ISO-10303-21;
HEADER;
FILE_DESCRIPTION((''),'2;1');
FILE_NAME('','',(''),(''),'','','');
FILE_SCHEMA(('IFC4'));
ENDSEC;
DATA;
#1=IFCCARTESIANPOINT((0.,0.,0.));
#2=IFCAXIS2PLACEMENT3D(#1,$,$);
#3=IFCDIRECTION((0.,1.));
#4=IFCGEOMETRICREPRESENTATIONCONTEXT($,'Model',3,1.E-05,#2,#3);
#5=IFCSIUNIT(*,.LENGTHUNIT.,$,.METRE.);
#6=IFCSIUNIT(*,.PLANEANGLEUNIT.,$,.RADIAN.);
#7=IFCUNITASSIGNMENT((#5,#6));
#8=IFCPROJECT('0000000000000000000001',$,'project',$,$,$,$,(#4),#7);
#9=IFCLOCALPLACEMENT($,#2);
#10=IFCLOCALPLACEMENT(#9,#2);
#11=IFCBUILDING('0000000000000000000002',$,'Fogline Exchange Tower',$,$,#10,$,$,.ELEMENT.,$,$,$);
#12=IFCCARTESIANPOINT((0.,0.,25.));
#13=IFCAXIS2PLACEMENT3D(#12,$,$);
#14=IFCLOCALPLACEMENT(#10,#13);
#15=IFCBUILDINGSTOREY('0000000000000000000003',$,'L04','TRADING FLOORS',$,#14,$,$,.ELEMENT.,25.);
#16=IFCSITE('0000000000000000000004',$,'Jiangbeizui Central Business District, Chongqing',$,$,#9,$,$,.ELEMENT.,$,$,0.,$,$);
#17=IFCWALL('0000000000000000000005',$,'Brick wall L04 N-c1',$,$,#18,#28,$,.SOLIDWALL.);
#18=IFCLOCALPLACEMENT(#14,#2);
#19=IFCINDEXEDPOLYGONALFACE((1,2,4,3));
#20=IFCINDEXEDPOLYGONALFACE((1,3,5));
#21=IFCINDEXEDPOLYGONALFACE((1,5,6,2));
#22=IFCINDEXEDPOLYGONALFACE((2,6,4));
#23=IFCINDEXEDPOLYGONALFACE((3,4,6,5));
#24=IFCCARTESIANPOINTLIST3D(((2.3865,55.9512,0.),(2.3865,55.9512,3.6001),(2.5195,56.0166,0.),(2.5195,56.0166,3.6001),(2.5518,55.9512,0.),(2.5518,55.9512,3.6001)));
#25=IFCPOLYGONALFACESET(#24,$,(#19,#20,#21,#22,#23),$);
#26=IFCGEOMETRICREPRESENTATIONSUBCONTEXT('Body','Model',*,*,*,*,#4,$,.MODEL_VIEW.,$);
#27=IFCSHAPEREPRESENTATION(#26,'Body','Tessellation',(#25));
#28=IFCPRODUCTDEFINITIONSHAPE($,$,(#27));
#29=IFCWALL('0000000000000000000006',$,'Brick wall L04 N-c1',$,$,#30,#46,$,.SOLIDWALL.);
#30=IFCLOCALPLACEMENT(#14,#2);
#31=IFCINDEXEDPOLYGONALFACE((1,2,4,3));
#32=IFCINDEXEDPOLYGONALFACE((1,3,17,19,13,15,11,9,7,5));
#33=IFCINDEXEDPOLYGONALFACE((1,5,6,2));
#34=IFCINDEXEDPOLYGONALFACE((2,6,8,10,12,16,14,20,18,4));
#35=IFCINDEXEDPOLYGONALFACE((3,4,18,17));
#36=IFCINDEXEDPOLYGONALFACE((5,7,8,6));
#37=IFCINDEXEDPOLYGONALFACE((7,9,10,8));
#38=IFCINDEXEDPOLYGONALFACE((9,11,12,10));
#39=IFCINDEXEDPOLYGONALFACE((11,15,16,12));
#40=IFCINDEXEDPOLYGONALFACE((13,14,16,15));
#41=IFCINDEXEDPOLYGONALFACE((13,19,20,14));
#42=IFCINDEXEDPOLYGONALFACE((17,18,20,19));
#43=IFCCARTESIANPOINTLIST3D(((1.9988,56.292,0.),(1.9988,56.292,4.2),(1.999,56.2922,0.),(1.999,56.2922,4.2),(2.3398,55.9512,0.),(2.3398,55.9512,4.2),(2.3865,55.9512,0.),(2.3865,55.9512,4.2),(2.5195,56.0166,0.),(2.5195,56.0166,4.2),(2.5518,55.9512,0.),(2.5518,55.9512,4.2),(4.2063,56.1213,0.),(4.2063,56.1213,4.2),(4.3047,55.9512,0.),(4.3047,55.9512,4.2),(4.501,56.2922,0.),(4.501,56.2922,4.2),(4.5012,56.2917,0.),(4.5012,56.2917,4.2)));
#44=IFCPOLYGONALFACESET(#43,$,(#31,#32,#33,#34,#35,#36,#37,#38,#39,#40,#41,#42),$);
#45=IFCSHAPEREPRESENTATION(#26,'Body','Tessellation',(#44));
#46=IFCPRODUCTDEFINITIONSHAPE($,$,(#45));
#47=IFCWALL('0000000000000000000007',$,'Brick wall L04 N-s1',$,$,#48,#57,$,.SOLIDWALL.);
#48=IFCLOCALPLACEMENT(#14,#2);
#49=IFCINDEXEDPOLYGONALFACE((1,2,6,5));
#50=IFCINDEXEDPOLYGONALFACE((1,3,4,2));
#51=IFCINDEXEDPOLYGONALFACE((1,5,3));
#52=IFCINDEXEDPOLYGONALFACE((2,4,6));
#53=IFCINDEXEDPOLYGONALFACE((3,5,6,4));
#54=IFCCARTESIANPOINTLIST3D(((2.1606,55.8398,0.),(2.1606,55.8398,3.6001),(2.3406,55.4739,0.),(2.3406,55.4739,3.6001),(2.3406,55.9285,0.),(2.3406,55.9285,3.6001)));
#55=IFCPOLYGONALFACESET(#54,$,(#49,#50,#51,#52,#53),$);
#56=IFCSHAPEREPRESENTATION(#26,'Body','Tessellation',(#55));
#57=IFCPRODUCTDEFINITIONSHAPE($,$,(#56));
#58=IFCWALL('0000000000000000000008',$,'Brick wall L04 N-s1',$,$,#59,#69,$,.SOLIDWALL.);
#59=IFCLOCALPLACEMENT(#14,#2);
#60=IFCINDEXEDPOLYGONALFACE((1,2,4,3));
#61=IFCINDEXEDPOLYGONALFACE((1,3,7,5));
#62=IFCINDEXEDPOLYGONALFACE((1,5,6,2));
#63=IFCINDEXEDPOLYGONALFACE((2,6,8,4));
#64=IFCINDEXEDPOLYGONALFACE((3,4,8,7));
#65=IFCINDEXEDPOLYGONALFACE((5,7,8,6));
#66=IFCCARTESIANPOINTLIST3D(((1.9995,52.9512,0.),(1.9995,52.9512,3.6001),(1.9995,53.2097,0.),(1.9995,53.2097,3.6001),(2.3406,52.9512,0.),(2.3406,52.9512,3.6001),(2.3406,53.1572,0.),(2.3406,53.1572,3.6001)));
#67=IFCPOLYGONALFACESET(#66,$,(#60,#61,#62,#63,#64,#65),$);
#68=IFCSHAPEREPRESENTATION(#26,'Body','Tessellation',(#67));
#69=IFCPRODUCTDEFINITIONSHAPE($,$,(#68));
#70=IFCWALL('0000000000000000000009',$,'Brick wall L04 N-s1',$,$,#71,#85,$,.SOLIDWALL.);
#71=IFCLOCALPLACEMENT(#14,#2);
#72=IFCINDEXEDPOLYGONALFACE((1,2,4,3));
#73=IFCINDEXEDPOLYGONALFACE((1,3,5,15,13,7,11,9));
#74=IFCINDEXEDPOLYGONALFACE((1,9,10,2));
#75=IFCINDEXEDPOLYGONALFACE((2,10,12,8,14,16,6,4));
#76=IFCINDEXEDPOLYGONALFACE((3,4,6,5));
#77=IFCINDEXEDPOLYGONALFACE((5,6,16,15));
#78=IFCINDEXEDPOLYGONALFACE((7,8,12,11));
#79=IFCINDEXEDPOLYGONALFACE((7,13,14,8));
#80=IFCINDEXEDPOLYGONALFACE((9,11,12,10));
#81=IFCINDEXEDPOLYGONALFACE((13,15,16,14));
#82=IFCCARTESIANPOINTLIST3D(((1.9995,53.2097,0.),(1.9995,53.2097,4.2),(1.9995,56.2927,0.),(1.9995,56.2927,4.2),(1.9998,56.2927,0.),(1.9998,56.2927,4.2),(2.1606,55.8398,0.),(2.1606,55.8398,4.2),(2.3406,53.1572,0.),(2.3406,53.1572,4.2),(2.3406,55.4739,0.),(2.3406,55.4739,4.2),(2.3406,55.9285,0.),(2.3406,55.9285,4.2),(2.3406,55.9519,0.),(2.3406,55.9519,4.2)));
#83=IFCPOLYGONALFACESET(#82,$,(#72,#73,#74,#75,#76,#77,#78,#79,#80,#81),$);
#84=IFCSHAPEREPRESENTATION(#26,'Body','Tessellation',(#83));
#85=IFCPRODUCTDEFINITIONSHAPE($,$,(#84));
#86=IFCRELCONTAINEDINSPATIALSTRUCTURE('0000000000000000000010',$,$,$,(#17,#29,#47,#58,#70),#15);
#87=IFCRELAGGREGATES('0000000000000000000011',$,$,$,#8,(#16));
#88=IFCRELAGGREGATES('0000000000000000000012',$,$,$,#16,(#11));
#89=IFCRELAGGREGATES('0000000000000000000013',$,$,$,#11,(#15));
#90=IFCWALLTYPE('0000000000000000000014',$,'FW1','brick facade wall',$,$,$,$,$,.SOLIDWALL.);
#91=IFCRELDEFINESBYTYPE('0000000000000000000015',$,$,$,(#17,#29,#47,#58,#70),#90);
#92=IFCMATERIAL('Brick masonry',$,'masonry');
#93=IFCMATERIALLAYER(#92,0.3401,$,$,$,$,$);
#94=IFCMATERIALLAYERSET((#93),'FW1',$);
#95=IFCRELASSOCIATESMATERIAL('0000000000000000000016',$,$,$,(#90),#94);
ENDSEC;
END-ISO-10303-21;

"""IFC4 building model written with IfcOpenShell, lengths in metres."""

from ifc_helpers import new_model, si_unit, direction, frame, origin, place, context, subcontext, project, spatial, polyline, outline, extrude, material, layer, layer_set, type_object, element, save


model = new_model("IFC4")

# Units and contexts
model_context = context("Model", 3, precision=1e-05, world=origin(), true_north=direction((0.0, 1.0)))
body_context = subcontext(model_context, "Body", "Model", "MODEL_VIEW")
ifc_project = project(units=[si_unit("LENGTHUNIT", "METRE"), si_unit("PLANEANGLEUNIT", "RADIAN")], contexts=[model_context])

# Site, building, storey
site_placement = place(None, origin())
site = spatial("IfcSite", under=ifc_project, at=site_placement, Name="Jiangbeizui Central Business District, Chongqing", CompositionType="ELEMENT", RefElevation=0.0)
building_placement = place(site_placement, origin())
building = spatial("IfcBuilding", under=site, at=building_placement, Name="Fogline Exchange Tower", CompositionType="ELEMENT")
storey_placement = place(building_placement, frame((0.0, 0.0, 25.0)))
storey = spatial("IfcBuildingStorey", under=building, at=storey_placement, Name="L04", Description="TRADING FLOORS", CompositionType="ELEMENT", Elevation=25.0)

# Walls
ifc_material_1 = material(Name="Brick masonry", Category="masonry")
ifc_layer_1 = layer(ifc_material_1, 0.3401)
ifc_layer_set_1 = layer_set([ifc_layer_1], Name="FW1")
wall_type_1 = type_object("IfcWallType", Name="FW1", Description="brick facade wall", PredefinedType="SOLIDWALL", material=ifc_layer_set_1)
wall_1_placement = place(storey_placement, origin())
element("IfcWall", 1, at=wall_1_placement, inside=storey, type_object=wall_type_1, Name="Brick wall L04 N-c1", PredefinedType="SOLIDWALL", context=body_context, shape_type="SweptSolid", body=[
    extrude(outline(polyline([(2.3865, 55.9512), (2.5195, 56.0166), (2.5518, 55.9512), (2.3865, 55.9512)])), origin(), (0.0, 0.0, 1.0), 3.6001),
])
wall_2_placement = place(storey_placement, origin())
element("IfcWall", 2, at=wall_2_placement, inside=storey, type_object=wall_type_1, Name="Brick wall L04 N-c1", PredefinedType="SOLIDWALL", context=body_context, shape_type="SweptSolid", body=[
    extrude(outline(polyline([(4.501, 56.2922), (4.5012, 56.2917), (4.2063, 56.1213), (4.3047, 55.9512), (2.5518, 55.9512), (2.5195, 56.0166), (2.3865, 55.9512), (2.3398, 55.9512), (1.9988, 56.292), (1.999, 56.2922), (4.501, 56.2922)])), origin(), (0.0, 0.0, 1.0), 4.2),
])
wall_3_placement = place(storey_placement, origin())
element("IfcWall", 3, at=wall_3_placement, inside=storey, type_object=wall_type_1, Name="Brick wall L04 N-s1", PredefinedType="SOLIDWALL", context=body_context, shape_type="SweptSolid", body=[
    extrude(outline(polyline([(2.3406, 55.4739), (2.1606, 55.8398), (2.3406, 55.9285), (2.3406, 55.4739)])), origin(), (0.0, 0.0, 1.0), 3.6001),
])
wall_4_placement = place(storey_placement, origin())
element("IfcWall", 4, at=wall_4_placement, inside=storey, type_object=wall_type_1, Name="Brick wall L04 N-s1", PredefinedType="SOLIDWALL", context=body_context, shape_type="SweptSolid", body=[
    extrude(outline(polyline([(1.9995, 53.2097), (2.3406, 53.1572), (2.3406, 52.9512), (1.9995, 52.9512), (1.9995, 53.2097)])), origin(), (0.0, 0.0, 1.0), 3.6001),
])
wall_5_placement = place(storey_placement, origin())
element("IfcWall", 5, at=wall_5_placement, inside=storey, type_object=wall_type_1, Name="Brick wall L04 N-s1", PredefinedType="SOLIDWALL", context=body_context, shape_type="SweptSolid", body=[
    extrude(outline(polyline([(1.9995, 56.2927), (1.9998, 56.2927), (2.3406, 55.9519), (2.3406, 55.9285), (2.1606, 55.8398), (2.3406, 55.4739), (2.3406, 53.1572), (1.9995, 53.2097), (1.9995, 56.2927)])), origin(), (0.0, 0.0, 1.0), 4.2),
])

save(model, "model.ifc")
